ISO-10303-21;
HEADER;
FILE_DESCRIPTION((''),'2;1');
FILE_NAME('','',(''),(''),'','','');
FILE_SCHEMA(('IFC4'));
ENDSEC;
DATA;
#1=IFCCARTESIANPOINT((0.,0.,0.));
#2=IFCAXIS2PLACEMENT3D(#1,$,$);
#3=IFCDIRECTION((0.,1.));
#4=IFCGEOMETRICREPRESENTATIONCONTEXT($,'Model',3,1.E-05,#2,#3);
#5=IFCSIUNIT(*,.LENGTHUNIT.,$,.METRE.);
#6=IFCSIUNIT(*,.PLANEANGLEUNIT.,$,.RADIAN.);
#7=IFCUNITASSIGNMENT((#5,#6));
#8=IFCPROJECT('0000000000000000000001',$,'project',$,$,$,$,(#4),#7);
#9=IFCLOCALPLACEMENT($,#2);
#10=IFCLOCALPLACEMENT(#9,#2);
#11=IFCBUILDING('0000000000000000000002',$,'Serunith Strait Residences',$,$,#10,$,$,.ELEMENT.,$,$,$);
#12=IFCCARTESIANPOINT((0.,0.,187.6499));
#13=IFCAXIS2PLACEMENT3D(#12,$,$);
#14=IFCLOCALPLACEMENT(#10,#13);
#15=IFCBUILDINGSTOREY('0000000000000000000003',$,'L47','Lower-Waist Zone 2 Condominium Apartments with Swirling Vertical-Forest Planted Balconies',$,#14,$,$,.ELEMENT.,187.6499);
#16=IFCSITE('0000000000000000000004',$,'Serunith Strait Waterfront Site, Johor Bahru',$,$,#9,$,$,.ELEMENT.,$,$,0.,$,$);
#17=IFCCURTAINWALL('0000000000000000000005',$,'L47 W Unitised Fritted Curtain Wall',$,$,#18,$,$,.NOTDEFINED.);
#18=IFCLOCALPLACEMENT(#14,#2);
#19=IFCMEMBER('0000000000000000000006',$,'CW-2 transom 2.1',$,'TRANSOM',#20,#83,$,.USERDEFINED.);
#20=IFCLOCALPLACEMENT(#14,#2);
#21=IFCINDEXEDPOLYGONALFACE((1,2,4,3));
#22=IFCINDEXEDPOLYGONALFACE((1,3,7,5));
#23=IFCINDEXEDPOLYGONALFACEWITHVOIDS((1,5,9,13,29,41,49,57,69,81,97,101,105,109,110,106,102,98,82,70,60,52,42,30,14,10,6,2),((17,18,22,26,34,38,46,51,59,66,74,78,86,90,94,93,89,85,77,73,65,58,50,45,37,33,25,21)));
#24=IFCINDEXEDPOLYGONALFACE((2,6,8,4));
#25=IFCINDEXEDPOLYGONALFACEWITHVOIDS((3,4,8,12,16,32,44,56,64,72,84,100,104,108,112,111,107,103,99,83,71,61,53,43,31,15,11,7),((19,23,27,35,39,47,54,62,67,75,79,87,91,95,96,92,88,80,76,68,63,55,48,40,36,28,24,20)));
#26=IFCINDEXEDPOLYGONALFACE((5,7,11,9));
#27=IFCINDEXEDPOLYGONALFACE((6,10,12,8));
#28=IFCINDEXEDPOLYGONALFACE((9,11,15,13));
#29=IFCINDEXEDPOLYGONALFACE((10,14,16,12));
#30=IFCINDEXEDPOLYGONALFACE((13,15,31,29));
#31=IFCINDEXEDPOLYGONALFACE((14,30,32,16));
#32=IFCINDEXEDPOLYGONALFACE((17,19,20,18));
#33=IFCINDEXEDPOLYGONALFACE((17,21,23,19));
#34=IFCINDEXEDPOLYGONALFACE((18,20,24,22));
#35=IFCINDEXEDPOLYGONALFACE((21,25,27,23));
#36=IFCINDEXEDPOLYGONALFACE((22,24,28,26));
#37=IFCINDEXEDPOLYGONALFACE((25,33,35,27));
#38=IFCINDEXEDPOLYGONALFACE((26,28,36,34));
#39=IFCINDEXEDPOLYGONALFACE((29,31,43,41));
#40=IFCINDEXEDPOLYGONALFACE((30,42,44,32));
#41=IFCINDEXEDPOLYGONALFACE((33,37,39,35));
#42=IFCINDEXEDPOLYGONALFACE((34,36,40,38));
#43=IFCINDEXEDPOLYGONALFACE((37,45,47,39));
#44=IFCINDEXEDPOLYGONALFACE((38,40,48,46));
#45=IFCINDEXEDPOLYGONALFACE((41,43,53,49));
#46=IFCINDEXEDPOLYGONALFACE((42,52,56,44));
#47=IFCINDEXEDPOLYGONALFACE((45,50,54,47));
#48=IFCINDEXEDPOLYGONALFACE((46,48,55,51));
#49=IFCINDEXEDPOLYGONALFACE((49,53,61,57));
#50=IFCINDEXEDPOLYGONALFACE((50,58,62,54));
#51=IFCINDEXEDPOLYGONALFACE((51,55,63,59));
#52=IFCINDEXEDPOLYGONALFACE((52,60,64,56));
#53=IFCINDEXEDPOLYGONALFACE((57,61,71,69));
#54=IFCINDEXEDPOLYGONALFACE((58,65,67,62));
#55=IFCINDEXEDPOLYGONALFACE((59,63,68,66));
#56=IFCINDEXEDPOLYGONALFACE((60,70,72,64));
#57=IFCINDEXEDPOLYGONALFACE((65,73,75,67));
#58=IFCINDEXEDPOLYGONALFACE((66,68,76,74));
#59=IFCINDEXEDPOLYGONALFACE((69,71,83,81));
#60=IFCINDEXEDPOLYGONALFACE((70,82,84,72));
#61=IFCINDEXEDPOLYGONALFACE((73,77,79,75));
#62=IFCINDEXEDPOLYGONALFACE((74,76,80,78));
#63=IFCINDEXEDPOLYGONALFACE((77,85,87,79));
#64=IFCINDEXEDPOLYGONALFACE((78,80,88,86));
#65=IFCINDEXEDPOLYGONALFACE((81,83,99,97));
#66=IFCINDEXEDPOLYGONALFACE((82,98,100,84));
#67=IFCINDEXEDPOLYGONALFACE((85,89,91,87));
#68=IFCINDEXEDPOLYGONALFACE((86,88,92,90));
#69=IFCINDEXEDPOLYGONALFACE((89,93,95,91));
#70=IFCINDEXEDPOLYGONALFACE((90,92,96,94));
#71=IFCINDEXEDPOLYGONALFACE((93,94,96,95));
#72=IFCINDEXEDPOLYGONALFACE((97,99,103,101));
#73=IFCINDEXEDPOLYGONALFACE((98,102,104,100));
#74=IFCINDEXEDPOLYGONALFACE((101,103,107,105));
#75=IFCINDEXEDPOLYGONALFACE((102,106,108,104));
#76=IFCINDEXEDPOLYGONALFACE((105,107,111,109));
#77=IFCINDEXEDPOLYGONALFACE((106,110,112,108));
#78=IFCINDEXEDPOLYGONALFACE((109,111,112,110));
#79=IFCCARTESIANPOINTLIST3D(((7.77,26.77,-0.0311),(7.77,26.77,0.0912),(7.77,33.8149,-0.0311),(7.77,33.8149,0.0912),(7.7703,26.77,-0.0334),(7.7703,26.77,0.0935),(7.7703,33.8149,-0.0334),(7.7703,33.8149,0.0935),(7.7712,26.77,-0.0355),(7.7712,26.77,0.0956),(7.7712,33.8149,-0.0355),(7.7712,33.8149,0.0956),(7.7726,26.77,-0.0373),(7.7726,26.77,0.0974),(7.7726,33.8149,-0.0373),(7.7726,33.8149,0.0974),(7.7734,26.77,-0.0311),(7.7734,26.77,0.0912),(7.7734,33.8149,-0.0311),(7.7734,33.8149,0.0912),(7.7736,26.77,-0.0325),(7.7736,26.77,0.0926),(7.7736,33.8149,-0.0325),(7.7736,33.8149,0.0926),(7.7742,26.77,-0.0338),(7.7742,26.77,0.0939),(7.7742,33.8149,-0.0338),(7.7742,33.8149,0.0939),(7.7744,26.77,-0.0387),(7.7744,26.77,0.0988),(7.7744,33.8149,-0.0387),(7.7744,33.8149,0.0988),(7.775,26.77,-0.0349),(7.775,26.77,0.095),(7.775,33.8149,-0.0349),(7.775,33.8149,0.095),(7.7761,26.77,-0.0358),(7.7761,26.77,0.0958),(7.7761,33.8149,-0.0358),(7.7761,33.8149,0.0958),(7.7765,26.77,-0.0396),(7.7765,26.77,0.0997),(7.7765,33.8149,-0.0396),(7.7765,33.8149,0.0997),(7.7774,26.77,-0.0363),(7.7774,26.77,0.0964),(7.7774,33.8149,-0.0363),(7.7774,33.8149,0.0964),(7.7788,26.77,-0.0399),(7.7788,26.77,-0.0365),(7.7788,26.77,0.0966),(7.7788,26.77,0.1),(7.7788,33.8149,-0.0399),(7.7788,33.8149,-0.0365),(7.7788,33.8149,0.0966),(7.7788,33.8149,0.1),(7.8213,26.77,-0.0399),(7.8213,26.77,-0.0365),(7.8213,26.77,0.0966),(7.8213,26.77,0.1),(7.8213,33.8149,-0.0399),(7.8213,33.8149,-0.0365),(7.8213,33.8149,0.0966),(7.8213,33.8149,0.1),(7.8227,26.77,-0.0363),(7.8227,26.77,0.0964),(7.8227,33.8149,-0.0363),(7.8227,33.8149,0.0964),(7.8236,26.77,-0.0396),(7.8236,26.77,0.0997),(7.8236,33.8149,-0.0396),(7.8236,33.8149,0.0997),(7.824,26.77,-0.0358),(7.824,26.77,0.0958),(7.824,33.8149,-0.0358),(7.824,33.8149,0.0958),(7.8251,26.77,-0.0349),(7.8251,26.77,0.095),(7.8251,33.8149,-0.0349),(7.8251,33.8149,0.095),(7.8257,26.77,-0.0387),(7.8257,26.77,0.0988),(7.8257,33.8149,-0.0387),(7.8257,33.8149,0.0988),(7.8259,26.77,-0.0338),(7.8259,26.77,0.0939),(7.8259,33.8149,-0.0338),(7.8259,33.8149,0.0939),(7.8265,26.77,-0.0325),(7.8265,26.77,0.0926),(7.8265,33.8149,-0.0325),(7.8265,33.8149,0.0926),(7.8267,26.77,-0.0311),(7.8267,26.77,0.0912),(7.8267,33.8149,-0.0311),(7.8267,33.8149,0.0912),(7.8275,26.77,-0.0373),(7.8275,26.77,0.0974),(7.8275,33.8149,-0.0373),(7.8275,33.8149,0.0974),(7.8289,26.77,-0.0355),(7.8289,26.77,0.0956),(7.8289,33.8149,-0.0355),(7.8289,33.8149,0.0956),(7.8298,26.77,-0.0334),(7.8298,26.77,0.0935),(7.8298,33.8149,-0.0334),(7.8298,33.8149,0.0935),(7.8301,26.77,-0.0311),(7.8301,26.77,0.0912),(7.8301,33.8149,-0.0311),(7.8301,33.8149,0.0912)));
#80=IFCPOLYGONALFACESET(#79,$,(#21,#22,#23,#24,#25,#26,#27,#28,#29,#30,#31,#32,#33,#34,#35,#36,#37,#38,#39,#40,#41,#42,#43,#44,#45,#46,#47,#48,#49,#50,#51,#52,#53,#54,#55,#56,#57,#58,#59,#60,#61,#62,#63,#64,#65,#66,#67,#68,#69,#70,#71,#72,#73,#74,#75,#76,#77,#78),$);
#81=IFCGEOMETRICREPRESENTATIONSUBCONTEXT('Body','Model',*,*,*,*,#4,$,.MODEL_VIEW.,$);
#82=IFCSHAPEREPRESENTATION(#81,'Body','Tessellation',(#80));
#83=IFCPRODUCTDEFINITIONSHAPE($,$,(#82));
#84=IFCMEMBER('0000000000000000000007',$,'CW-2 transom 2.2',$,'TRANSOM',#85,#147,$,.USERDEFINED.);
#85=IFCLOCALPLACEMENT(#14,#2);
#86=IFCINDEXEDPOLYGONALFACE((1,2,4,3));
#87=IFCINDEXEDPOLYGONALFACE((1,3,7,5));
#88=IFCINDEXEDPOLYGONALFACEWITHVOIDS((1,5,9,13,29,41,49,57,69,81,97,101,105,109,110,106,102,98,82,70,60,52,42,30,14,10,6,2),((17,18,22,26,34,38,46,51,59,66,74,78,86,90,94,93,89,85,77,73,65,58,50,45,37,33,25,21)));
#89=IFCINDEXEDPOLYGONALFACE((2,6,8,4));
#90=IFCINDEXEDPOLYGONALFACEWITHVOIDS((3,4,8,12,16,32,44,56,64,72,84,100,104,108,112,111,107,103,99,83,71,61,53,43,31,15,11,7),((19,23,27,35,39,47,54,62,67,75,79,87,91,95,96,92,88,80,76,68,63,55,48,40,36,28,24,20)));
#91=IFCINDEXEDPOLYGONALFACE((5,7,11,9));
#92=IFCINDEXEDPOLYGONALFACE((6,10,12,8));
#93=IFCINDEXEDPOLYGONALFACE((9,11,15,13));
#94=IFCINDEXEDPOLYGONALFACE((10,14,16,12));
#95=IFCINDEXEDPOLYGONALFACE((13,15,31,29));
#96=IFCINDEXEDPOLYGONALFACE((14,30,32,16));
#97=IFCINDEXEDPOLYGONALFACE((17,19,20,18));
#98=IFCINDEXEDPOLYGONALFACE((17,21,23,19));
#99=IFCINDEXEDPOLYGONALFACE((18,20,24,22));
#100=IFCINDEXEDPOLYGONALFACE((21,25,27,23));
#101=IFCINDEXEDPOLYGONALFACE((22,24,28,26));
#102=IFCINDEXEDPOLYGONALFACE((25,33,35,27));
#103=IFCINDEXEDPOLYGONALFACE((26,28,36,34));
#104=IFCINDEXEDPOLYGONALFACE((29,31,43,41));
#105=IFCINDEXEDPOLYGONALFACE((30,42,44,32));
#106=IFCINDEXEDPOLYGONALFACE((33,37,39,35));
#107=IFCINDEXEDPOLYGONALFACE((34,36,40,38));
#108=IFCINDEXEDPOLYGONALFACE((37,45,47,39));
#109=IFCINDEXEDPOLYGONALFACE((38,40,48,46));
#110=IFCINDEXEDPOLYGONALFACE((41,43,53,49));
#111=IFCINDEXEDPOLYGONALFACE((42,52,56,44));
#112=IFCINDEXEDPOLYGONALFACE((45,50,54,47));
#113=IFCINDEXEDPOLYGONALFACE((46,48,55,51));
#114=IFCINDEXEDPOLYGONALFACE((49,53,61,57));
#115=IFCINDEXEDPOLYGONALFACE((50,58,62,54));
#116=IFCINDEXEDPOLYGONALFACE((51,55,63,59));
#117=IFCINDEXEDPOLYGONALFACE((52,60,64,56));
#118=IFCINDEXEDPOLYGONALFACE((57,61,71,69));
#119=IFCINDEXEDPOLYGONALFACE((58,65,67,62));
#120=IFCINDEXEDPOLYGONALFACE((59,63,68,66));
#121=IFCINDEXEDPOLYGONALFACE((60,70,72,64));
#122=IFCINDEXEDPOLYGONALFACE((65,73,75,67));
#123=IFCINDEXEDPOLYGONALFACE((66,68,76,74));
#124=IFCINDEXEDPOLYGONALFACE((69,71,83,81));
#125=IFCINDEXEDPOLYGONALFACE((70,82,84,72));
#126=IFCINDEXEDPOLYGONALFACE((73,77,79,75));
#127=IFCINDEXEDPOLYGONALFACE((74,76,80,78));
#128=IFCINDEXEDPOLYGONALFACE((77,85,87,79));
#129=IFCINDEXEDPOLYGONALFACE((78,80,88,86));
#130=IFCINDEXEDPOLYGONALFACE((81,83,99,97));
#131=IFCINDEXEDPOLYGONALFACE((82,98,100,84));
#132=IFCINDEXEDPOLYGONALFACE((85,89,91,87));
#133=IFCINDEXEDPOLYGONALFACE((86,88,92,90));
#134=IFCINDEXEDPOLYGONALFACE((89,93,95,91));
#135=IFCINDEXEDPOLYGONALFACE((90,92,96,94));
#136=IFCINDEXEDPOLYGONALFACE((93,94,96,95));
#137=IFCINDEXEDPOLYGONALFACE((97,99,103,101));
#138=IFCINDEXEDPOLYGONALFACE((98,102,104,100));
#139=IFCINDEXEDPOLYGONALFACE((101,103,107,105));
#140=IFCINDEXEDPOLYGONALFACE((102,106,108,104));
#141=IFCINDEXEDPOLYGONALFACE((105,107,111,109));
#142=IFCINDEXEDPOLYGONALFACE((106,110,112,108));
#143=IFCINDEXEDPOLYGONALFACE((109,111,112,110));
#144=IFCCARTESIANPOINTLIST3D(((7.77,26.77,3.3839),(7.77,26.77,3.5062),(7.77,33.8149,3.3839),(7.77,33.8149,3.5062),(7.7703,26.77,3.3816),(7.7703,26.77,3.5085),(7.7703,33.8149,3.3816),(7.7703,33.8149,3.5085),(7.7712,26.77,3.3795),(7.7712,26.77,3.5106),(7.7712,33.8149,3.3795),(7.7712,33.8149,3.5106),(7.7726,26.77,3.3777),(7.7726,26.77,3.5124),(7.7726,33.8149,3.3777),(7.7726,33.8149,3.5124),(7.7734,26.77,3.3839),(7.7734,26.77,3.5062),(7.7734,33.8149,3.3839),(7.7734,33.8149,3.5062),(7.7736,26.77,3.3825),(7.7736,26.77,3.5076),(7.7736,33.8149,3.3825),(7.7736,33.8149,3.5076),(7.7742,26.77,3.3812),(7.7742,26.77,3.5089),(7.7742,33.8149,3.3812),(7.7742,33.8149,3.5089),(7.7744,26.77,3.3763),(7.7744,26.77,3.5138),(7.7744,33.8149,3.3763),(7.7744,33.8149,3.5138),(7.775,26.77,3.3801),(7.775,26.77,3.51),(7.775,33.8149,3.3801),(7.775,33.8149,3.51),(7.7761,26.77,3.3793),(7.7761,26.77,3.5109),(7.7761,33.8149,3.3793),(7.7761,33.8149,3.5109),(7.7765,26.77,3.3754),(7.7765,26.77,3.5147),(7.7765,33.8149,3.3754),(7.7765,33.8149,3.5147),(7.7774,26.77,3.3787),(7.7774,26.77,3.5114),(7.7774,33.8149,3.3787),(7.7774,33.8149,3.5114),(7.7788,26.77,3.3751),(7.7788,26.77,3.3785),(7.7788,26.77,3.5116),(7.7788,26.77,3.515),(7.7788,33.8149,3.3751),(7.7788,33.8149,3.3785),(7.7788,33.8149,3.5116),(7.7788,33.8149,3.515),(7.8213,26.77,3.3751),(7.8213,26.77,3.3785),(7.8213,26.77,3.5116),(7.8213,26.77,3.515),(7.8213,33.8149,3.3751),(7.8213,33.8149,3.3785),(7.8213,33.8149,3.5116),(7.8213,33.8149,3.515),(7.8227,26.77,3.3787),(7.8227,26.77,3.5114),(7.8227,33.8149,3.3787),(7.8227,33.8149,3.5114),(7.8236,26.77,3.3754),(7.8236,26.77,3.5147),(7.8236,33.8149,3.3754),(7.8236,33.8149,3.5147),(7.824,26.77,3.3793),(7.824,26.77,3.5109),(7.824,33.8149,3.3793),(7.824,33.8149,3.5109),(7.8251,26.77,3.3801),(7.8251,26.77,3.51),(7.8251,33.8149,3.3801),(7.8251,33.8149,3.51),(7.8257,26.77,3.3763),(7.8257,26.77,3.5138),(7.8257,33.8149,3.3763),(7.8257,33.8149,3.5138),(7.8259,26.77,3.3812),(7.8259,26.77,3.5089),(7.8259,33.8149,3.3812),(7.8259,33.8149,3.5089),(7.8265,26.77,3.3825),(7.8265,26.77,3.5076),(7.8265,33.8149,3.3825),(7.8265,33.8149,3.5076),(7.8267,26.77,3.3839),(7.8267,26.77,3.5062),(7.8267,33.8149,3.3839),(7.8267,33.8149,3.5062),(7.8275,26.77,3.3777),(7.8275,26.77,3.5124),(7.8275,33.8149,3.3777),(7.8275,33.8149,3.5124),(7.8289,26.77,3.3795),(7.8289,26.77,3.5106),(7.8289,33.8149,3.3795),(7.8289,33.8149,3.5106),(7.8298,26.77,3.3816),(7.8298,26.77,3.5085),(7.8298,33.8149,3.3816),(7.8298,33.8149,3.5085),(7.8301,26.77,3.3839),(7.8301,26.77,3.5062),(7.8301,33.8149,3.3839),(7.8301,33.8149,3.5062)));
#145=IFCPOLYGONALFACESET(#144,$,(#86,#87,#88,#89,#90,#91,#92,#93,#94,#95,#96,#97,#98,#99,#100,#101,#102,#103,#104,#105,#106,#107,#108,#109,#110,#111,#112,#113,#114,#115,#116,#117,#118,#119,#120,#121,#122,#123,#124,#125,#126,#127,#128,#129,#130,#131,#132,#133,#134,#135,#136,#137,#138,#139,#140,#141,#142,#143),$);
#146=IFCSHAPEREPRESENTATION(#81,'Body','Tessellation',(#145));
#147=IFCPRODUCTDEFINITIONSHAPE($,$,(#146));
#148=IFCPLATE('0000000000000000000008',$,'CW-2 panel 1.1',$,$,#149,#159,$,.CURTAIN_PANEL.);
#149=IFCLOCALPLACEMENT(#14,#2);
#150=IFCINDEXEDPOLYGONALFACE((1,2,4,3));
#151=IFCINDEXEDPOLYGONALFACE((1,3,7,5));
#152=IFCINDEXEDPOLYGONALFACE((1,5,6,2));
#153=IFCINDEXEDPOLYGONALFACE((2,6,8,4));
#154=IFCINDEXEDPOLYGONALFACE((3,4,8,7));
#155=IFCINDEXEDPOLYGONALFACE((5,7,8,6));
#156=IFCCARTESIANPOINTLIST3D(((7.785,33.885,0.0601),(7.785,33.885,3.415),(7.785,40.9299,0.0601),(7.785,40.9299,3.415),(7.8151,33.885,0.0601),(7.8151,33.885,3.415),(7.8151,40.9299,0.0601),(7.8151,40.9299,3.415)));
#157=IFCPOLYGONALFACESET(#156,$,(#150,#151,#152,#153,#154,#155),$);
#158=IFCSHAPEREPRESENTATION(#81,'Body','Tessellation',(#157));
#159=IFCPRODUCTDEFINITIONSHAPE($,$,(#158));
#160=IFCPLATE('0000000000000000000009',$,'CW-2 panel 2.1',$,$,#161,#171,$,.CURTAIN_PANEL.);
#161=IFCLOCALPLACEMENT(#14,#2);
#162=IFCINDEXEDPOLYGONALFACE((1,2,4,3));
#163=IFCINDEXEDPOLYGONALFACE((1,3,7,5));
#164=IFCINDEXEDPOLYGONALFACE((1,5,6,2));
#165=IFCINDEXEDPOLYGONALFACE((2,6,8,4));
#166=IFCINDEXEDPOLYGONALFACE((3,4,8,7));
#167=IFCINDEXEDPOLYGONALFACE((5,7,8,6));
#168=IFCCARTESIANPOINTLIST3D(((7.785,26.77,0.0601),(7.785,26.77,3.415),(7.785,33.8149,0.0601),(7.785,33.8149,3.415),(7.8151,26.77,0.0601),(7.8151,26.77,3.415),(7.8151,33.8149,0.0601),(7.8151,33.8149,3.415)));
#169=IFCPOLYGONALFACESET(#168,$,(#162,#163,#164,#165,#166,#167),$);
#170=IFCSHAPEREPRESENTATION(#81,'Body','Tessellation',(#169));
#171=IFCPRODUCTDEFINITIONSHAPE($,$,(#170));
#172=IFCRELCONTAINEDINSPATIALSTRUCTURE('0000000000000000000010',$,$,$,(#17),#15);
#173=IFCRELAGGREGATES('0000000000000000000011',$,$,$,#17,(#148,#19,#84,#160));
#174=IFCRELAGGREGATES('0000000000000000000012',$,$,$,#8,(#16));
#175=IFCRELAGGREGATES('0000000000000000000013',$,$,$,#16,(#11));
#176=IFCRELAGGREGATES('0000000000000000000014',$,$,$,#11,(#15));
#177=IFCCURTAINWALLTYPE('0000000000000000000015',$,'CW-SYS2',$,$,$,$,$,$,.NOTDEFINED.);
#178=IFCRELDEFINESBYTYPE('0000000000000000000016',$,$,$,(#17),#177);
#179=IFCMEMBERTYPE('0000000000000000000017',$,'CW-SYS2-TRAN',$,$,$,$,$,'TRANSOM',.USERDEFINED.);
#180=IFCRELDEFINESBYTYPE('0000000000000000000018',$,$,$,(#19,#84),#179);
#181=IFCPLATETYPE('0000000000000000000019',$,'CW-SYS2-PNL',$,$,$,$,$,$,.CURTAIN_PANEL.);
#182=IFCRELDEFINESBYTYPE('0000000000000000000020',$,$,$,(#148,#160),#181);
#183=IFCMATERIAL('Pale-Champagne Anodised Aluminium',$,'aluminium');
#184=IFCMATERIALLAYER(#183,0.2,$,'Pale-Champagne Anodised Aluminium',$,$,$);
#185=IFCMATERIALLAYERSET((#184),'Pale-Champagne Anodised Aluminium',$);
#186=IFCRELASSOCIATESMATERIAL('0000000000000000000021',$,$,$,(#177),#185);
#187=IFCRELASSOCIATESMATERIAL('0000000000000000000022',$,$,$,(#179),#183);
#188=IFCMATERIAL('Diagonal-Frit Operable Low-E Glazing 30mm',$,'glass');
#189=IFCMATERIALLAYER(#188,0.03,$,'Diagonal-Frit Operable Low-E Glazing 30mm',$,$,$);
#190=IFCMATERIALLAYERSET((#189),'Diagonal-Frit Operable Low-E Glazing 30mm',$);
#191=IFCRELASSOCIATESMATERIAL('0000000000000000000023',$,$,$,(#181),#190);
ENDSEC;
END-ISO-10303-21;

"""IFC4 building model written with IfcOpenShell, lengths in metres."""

from ifc_helpers import new_model, si_unit, direction, frame, origin, origin_2d, place, context, subcontext, project, spatial, rectangle, hollow_rectangle, extrude, source, transform, mapped, material, layer, layer_set, material_profile, profile_set, type_object, element, aggregate, save


model = new_model("IFC4")

# Units and contexts
model_context = context("Model", 3, precision=1e-05, world=origin(), true_north=direction((0.0, 1.0)))
body_context = subcontext(model_context, "Body", "Model", "MODEL_VIEW")
ifc_project = project(units=[si_unit("LENGTHUNIT", "METRE"), si_unit("PLANEANGLEUNIT", "RADIAN")], contexts=[model_context])

# Site, building, storey
site_placement = place(None, origin())
site = spatial("IfcSite", under=ifc_project, at=site_placement, Name="Serunith Strait Waterfront Site, Johor Bahru", CompositionType="ELEMENT", RefElevation=0.0)
building_placement = place(site_placement, origin())
building = spatial("IfcBuilding", under=site, at=building_placement, Name="Serunith Strait Residences", CompositionType="ELEMENT")
storey_placement = place(building_placement, frame((0.0, 0.0, 187.6499)))
storey = spatial("IfcBuildingStorey", under=building, at=storey_placement, Name="L47", Description="Lower-Waist Zone 2 Condominium Apartments with Swirling Vertical-Forest Planted Balconies", CompositionType="ELEMENT", Elevation=187.6499)

# Curtain wall, members, plates
ifc_material_1 = material(Name="Pale-Champagne Anodised Aluminium", Category="aluminium")
ifc_layer_1 = layer(ifc_material_1, 0.2, Name="Pale-Champagne Anodised Aluminium")
ifc_layer_set_1 = layer_set([ifc_layer_1], Name="Pale-Champagne Anodised Aluminium")
curtain_wall_type = type_object("IfcCurtainWallType", Name="CW-SYS2", PredefinedType="NOTDEFINED", material=ifc_layer_set_1)
curtain_wall_placement = place(storey_placement, origin())
curtain_wall = element("IfcCurtainWall", 1, at=curtain_wall_placement, inside=storey, type_object=curtain_wall_type, Name="L47 W Unitised Fritted Curtain Wall", PredefinedType="NOTDEFINED")
ifc_material_profile_1 = material_profile(ifc_material_1, hollow_rectangle(XDim=0.0601, YDim=0.1399, WallThickness=0.0034, InnerFilletRadius=0.0054, OuterFilletRadius=0.0088, at=origin_2d()), Name="ALU 140x60x3.5")
ifc_profile_set_1 = profile_set([ifc_material_profile_1], Name="Pale-Champagne Anodised Aluminium")
member_type_1 = type_object("IfcMemberType", Name="CW-SYS2-TRAN", ElementType="TRANSOM", PredefinedType="USERDEFINED", material=ifc_profile_set_1)
shared_shape_1 = source(origin(), body_context, "Body", "SweptSolid", [
    extrude(hollow_rectangle(XDim=0.0601, YDim=0.1399, WallThickness=0.0034, InnerFilletRadius=0.0054, OuterFilletRadius=0.0088, at=origin_2d()), origin(), (0.0, 0.0, 1.0), 7.0449),
])
member_1_placement = place(storey_placement, frame((7.8, 33.8149, 0.03), z_axis=(0.0, -1.0, 0.0), x_axis=(1.0, 0.0, 0.0)))
member_1 = element("IfcMember", 2, at=member_1_placement, type_object=member_type_1, Name="CW-2 transom 2.1", ObjectType="TRANSOM", PredefinedType="USERDEFINED", context=body_context, shape_type="MappedRepresentation", body=[
    mapped(shared_shape_1, transform((0.0, 0.0, 0.0), scale=1.0)),
])
member_2_placement = place(storey_placement, frame((7.8, 33.8149, 3.4451), z_axis=(0.0, -1.0, 0.0), x_axis=(1.0, 0.0, 0.0)))
member_2 = element("IfcMember", 3, at=member_2_placement, type_object=member_type_1, Name="CW-2 transom 2.2", ObjectType="TRANSOM", PredefinedType="USERDEFINED", context=body_context, shape_type="MappedRepresentation", body=[
    mapped(shared_shape_1, transform((0.0, 0.0, 0.0), scale=1.0)),
])
ifc_material_2 = material(Name="Diagonal-Frit Operable Low-E Glazing 30mm", Category="glass")
ifc_layer_2 = layer(ifc_material_2, 0.03, Name="Diagonal-Frit Operable Low-E Glazing 30mm")
ifc_layer_set_2 = layer_set([ifc_layer_2], Name="Diagonal-Frit Operable Low-E Glazing 30mm")
plate_type = type_object("IfcPlateType", Name="CW-SYS2-PNL", PredefinedType="CURTAIN_PANEL", material=ifc_layer_set_2)
shared_shape_2 = source(origin(), body_context, "Body", "SweptSolid", [
    extrude(rectangle(XDim=7.0449, YDim=0.03, at=origin_2d()), origin(), (0.0, 0.0, 1.0), 3.355),
])
plate_1_placement = place(storey_placement, frame((7.8, 37.4075, 0.0601), z_axis=(0.0, 0.0, 1.0), x_axis=(0.0, -1.0, 0.0)))
plate_1 = element("IfcPlate", 4, at=plate_1_placement, type_object=plate_type, Name="CW-2 panel 1.1", PredefinedType="CURTAIN_PANEL", context=body_context, shape_type="MappedRepresentation", body=[
    mapped(shared_shape_2, transform((0.0, 0.0, 0.0), scale=1.0)),
])
plate_2_placement = place(storey_placement, frame((7.8, 30.2925, 0.0601), z_axis=(0.0, 0.0, 1.0), x_axis=(0.0, -1.0, 0.0)))
plate_2 = element("IfcPlate", 5, at=plate_2_placement, type_object=plate_type, Name="CW-2 panel 2.1", PredefinedType="CURTAIN_PANEL", context=body_context, shape_type="MappedRepresentation", body=[
    mapped(shared_shape_2, transform((0.0, 0.0, 0.0), scale=1.0)),
])
aggregate(curtain_wall, [plate_1, member_1, member_2, plate_2])

save(model, "model.ifc")
